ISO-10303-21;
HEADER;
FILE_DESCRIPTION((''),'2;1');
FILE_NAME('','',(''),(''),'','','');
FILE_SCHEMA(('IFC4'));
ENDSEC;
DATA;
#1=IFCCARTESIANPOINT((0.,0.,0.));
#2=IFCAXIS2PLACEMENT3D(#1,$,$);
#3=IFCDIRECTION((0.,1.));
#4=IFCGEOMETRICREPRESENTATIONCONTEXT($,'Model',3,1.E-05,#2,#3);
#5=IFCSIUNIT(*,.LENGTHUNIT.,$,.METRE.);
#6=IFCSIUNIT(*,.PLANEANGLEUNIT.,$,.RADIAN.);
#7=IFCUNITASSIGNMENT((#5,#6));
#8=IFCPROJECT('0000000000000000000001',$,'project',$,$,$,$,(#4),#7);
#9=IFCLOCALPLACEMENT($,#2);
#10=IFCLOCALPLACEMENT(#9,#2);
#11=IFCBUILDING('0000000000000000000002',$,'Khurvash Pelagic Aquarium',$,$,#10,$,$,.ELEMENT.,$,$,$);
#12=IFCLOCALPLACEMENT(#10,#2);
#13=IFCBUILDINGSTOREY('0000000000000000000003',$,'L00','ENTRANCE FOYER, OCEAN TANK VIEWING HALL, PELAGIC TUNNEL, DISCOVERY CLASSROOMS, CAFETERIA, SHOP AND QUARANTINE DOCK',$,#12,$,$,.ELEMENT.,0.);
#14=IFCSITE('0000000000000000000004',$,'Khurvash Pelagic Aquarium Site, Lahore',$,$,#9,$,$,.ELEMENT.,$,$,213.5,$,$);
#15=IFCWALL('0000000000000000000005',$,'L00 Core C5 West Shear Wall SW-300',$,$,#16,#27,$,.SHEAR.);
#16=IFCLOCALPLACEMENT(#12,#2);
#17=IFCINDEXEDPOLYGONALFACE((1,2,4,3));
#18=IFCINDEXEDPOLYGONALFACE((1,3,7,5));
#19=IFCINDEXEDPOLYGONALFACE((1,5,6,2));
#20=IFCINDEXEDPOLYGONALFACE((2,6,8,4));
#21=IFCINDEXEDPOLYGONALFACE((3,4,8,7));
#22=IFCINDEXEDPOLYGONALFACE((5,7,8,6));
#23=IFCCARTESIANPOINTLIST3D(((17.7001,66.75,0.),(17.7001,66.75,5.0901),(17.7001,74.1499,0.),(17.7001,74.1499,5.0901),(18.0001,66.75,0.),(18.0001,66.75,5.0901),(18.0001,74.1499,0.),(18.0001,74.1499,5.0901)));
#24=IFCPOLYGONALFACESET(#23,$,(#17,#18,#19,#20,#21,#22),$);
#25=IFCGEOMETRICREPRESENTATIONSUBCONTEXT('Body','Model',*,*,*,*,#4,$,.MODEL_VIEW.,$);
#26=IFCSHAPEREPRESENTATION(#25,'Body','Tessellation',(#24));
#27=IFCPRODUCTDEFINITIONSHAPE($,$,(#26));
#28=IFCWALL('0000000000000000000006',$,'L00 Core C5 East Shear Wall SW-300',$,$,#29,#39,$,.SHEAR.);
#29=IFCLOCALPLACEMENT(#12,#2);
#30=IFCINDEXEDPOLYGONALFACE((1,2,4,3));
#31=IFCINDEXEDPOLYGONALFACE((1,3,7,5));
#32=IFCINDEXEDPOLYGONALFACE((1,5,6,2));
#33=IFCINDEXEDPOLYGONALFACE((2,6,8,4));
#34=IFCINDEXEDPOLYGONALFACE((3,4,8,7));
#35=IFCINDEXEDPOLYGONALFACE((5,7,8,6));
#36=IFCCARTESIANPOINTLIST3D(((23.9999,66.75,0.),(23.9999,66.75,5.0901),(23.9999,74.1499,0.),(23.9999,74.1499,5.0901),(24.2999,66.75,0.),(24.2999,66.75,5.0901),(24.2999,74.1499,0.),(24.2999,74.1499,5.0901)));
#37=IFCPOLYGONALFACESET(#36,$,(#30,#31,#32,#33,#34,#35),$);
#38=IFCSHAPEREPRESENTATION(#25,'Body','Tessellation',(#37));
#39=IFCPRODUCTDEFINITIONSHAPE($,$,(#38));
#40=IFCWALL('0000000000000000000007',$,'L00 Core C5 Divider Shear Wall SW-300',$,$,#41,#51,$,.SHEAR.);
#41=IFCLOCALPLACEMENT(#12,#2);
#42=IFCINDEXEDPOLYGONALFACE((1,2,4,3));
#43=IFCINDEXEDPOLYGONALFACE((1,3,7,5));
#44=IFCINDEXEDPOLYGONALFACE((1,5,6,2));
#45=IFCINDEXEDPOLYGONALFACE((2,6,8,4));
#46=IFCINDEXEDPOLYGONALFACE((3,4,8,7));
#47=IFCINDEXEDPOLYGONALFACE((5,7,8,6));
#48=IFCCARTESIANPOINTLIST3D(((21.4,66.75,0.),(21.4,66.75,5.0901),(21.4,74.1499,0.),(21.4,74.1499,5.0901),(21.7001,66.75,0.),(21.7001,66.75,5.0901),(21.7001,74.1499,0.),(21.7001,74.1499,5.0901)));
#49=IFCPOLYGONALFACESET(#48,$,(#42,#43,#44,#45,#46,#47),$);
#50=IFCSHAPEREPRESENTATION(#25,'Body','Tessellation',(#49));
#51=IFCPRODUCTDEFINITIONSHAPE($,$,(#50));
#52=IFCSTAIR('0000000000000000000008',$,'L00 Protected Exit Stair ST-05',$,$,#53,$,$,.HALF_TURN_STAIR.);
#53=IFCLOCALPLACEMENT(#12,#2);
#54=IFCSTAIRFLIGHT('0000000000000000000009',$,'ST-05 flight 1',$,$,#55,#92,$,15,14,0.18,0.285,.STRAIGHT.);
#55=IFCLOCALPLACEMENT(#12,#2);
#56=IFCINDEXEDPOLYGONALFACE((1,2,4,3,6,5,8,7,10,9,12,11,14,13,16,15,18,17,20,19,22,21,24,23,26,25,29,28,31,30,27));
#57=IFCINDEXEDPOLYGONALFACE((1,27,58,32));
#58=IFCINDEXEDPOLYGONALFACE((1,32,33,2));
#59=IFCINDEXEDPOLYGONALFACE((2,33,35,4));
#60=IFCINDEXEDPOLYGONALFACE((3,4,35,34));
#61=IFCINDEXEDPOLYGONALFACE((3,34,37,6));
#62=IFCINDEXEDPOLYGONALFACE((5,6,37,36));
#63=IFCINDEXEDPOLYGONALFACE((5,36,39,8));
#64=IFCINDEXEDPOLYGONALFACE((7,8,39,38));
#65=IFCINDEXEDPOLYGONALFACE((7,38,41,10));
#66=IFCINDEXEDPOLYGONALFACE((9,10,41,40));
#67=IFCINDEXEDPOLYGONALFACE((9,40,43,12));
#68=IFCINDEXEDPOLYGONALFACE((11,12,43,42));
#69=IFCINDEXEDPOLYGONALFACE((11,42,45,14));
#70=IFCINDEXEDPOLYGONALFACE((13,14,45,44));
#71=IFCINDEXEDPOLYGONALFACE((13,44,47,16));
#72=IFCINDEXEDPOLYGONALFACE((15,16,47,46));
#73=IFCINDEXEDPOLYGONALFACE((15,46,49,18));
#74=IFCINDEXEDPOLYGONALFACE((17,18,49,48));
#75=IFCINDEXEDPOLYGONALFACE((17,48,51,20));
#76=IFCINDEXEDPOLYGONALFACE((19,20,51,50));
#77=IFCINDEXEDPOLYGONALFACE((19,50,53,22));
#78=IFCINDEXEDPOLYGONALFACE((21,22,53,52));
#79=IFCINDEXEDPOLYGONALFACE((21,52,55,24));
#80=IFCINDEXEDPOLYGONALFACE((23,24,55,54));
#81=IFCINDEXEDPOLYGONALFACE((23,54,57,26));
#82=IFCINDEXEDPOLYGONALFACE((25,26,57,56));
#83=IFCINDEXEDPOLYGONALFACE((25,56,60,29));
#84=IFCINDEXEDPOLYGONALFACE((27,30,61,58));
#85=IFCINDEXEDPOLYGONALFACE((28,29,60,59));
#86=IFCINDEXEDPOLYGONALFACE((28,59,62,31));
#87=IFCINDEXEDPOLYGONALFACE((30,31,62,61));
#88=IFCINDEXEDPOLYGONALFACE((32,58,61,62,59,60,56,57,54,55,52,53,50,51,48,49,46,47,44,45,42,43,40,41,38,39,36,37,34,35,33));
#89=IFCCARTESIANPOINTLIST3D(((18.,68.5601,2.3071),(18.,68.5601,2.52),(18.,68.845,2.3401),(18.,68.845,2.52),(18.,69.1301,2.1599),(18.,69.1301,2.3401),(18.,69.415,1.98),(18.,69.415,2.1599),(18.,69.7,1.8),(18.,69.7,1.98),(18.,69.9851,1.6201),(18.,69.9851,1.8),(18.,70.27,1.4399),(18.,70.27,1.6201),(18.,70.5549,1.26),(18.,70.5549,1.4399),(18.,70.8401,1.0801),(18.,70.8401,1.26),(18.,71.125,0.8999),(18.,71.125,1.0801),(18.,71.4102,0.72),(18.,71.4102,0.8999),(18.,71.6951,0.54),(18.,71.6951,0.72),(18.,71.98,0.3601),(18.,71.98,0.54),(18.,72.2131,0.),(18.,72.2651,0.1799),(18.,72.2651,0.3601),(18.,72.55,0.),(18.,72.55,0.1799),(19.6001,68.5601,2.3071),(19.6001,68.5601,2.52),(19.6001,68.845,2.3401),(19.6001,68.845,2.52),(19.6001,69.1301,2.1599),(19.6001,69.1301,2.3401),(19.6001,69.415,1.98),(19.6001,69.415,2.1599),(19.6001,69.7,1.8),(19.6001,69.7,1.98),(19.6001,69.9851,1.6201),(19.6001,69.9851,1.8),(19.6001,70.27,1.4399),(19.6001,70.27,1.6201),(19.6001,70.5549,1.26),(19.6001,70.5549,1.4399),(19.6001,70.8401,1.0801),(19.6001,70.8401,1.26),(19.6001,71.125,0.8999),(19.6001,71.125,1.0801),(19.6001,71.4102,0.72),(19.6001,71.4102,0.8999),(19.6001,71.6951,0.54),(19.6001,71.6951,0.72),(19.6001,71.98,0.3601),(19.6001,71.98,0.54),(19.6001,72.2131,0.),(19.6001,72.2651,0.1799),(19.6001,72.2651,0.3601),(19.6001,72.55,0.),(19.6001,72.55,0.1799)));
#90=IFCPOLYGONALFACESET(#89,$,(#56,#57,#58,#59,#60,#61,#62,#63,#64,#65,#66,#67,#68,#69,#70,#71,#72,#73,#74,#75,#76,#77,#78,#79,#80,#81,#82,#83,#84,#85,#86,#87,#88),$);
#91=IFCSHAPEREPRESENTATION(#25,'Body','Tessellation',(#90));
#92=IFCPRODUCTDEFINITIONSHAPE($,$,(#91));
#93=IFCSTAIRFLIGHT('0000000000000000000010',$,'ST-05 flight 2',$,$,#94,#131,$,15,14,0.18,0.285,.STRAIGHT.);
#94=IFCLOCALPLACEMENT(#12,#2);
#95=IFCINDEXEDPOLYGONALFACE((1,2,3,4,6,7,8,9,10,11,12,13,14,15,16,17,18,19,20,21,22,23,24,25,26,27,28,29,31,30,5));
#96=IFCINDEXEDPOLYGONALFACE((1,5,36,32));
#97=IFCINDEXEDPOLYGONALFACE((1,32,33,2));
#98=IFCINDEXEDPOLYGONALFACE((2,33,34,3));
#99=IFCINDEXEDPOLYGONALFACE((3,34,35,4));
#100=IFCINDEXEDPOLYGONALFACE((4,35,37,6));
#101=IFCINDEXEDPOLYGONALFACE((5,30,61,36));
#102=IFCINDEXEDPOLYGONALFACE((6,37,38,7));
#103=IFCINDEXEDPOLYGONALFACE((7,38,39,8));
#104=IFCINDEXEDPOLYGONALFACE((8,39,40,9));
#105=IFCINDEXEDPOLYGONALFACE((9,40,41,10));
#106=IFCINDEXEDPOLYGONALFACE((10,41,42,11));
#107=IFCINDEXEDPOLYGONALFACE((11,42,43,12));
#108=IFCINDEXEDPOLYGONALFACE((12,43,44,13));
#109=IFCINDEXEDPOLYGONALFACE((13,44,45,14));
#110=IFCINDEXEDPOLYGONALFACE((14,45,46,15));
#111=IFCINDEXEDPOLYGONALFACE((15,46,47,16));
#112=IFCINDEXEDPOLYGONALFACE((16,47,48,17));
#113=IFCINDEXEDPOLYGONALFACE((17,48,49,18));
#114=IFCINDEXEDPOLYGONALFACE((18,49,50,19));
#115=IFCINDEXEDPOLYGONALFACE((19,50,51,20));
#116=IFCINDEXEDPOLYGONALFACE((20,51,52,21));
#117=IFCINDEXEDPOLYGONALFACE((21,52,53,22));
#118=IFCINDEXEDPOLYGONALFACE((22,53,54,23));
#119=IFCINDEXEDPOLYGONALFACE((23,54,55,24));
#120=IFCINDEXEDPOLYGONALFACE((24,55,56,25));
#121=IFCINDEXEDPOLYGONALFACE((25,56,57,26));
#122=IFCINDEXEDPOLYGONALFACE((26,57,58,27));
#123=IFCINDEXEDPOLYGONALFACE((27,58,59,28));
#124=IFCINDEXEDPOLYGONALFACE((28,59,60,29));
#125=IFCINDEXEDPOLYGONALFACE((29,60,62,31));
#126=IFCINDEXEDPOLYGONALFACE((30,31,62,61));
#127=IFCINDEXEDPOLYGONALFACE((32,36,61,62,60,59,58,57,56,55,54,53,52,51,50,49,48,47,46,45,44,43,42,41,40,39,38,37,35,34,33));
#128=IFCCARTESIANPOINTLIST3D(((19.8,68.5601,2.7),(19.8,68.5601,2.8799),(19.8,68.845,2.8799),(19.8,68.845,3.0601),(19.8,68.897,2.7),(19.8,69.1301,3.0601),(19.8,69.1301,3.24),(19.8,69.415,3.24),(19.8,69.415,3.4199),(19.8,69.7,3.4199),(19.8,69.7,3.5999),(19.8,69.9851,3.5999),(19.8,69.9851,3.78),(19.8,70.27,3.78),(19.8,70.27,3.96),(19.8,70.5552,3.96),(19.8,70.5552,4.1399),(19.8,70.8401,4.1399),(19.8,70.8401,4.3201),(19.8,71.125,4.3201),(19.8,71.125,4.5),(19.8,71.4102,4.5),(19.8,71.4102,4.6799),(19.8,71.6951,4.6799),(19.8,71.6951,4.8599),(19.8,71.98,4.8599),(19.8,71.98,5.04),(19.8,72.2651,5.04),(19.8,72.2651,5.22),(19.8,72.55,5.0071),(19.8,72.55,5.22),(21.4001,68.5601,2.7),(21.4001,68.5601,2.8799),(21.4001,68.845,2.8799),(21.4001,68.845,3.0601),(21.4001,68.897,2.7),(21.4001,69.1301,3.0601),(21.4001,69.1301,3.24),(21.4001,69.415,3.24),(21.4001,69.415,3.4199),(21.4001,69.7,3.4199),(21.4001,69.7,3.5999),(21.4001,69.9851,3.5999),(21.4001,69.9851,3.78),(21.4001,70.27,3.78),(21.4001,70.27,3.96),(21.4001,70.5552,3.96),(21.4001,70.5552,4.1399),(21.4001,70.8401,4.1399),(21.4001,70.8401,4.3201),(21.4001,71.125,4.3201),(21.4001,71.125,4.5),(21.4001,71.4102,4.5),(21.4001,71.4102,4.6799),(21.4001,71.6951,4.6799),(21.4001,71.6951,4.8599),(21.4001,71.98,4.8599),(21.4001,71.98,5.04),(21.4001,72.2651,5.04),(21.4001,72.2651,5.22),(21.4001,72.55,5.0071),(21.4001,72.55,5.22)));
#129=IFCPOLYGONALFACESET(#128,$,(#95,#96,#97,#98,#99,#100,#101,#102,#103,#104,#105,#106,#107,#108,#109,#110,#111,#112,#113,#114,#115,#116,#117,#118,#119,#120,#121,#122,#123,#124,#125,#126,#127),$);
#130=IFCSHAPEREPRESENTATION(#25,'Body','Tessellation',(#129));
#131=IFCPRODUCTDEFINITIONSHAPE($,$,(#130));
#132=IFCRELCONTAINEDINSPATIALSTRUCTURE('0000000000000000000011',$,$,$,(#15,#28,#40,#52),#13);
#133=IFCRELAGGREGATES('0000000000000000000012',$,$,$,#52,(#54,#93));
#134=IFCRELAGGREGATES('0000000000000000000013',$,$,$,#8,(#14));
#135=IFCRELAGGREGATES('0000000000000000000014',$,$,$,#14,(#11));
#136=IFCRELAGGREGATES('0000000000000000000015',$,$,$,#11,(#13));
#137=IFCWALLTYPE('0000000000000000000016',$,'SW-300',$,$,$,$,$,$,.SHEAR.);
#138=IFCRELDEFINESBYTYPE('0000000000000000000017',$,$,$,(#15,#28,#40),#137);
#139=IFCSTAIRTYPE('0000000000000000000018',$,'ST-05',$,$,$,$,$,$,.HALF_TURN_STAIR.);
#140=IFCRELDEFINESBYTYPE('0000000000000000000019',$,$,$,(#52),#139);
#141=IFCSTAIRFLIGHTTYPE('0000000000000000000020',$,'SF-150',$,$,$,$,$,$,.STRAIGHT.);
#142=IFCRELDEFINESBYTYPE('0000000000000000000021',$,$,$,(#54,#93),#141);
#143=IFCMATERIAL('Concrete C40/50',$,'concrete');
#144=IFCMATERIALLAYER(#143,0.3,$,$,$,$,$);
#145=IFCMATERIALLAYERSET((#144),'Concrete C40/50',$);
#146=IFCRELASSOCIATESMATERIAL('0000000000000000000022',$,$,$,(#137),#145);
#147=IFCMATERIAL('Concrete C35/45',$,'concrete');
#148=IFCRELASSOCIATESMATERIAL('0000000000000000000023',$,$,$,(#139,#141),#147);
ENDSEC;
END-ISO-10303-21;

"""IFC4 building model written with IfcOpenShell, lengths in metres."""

from ifc_helpers import new_model, si_unit, direction, frame, frame_2d, origin, place, context, subcontext, project, spatial, polyline, rectangle, outline, extrude, material, layer, layer_set, type_object, element, aggregate, save


model = new_model("IFC4")

# Units and contexts
model_context = context("Model", 3, precision=1e-05, world=origin(), true_north=direction((0.0, 1.0)))
body_context = subcontext(model_context, "Body", "Model", "MODEL_VIEW")
ifc_project = project(units=[si_unit("LENGTHUNIT", "METRE"), si_unit("PLANEANGLEUNIT", "RADIAN")], contexts=[model_context])

# Site, building, storey
site_placement = place(None, origin())
site = spatial("IfcSite", under=ifc_project, at=site_placement, Name="Khurvash Pelagic Aquarium Site, Lahore", CompositionType="ELEMENT", RefElevation=213.5)
building_placement = place(site_placement, origin())
building = spatial("IfcBuilding", under=site, at=building_placement, Name="Khurvash Pelagic Aquarium", CompositionType="ELEMENT")
storey_placement = place(building_placement, origin())
storey = spatial("IfcBuildingStorey", under=building, at=storey_placement, Name="L00", Description="ENTRANCE FOYER, OCEAN TANK VIEWING HALL, PELAGIC TUNNEL, DISCOVERY CLASSROOMS, CAFETERIA, SHOP AND QUARANTINE DOCK", CompositionType="ELEMENT", Elevation=0.0)

# Shared definitions
ifc_material_1 = material(Name="Concrete C40/50", Category="concrete")

# Shared definitions
ifc_material_2 = material(Name="Concrete C35/45", Category="concrete")

# Walls
ifc_layer_1 = layer(ifc_material_1, 0.3)
ifc_layer_set_1 = layer_set([ifc_layer_1], Name="Concrete C40/50")
wall_type_1 = type_object("IfcWallType", Name="SW-300", PredefinedType="SHEAR", material=ifc_layer_set_1)
for number, where, z_axis, x_axis, name in (
    (1, (17.8501, 66.75, 0.0), (0.0, 0.0, 1.0), (0.0, 1.0, 0.0), "L00 Core C5 West Shear Wall SW-300"),
    (2, (24.1499, 66.75, 0.0), (0.0, 0.0, 1.0), (0.0, 1.0, 0.0), "L00 Core C5 East Shear Wall SW-300"),
    (3, (21.55, 66.75, 0.0), (0.0, 0.0, 1.0), (0.0, 1.0, 0.0), "L00 Core C5 Divider Shear Wall SW-300"),
):
    element("IfcWall", number, at=place(storey_placement, frame(where, z_axis=z_axis, x_axis=x_axis)), inside=storey, type_object=wall_type_1, Name=name, PredefinedType="SHEAR", context=body_context, shape_type="SweptSolid", body=[
        extrude(rectangle(XDim=7.3999, YDim=0.3, at=frame_2d((3.7, 0.0))), origin(), (0.0, 0.0, 1.0), 5.0901),
    ])

# Stair, stair flights
stair_type = type_object("IfcStairType", Name="ST-05", PredefinedType="HALF_TURN_STAIR", material=ifc_material_2)
stair_placement = place(storey_placement, origin())
stair = element("IfcStair", 4, at=stair_placement, inside=storey, type_object=stair_type, Name="L00 Protected Exit Stair ST-05", PredefinedType="HALF_TURN_STAIR")
stair_flight_type = type_object("IfcStairFlightType", Name="SF-150", PredefinedType="STRAIGHT", material=ifc_material_2)
stair_flight_1_placement = place(storey_placement, frame((18.8, 72.55, 0.0), z_axis=(0.0, 0.0, 1.0), x_axis=(0.0, -1.0, 0.0)))
stair_flight_1 = element("IfcStairFlight", 5, at=stair_flight_1_placement, type_object=stair_flight_type, Name="ST-05 flight 1", NumberOfRisers=15, NumberOfTreads=14, PredefinedType="STRAIGHT", RiserHeight=0.18, TreadLength=0.285, context=body_context, shape_type="SweptSolid", body=[
    extrude(outline(polyline([(0.0, 0.0), (0.0, 0.1799), (0.2849, 0.1799), (0.2849, 0.3601), (0.5701, 0.3601), (0.5701, 0.54), (0.855, 0.54), (0.855, 0.72), (1.1399, 0.72), (1.1399, 0.8999), (1.425, 0.8999), (1.425, 1.0801), (1.71, 1.0801), (1.71, 1.26), (1.9951, 1.26), (1.9951, 1.4399), (2.28, 1.4399), (2.28, 1.6201), (2.5649, 1.6201), (2.5649, 1.8), (2.8501, 1.8), (2.8501, 1.98), (3.135, 1.98), (3.135, 2.1599), (3.4199, 2.1599), (3.4199, 2.3401), (3.7051, 2.3401), (3.7051, 2.52), (3.99, 2.52), (3.99, 2.7), (3.99, 2.3071), (0.3369, 0.0), (0.0, 0.0)])), frame((0.0, 0.8, 0.0), z_axis=(0.0, -1.0, 0.0), x_axis=(1.0, 0.0, 0.0)), (0.0, 0.0, 1.0), 1.6001),
])
stair_flight_2_placement = place(storey_placement, frame((20.6001, 68.5601, 2.7), z_axis=(0.0, 0.0, 1.0), x_axis=(0.0, 1.0, 0.0)))
stair_flight_2 = element("IfcStairFlight", 6, at=stair_flight_2_placement, type_object=stair_flight_type, Name="ST-05 flight 2", NumberOfRisers=15, NumberOfTreads=14, PredefinedType="STRAIGHT", RiserHeight=0.18, TreadLength=0.285, context=body_context, shape_type="SweptSolid", body=[
    extrude(outline(polyline([(0.0, 0.0), (0.0, 0.1799), (0.2849, 0.1799), (0.2849, 0.3601), (0.5701, 0.3601), (0.5701, 0.54), (0.855, 0.54), (0.855, 0.72), (1.1399, 0.72), (1.1399, 0.8999), (1.425, 0.8999), (1.425, 1.0801), (1.71, 1.0801), (1.71, 1.26), (1.9951, 1.26), (1.9951, 1.4399), (2.28, 1.4399), (2.28, 1.6201), (2.5649, 1.6201), (2.5649, 1.8), (2.8501, 1.8), (2.8501, 1.98), (3.135, 1.98), (3.135, 2.1599), (3.4199, 2.1599), (3.4199, 2.3401), (3.7051, 2.3401), (3.7051, 2.52), (3.99, 2.52), (3.99, 2.7), (3.99, 2.3071), (0.3369, 0.0), (0.0, 0.0)])), frame((0.0, 0.8, 0.0), z_axis=(0.0, -1.0, 0.0), x_axis=(1.0, 0.0, 0.0)), (0.0, 0.0, 1.0), 1.6001),
])
aggregate(stair, [stair_flight_1, stair_flight_2])

save(model, "model.ifc")
